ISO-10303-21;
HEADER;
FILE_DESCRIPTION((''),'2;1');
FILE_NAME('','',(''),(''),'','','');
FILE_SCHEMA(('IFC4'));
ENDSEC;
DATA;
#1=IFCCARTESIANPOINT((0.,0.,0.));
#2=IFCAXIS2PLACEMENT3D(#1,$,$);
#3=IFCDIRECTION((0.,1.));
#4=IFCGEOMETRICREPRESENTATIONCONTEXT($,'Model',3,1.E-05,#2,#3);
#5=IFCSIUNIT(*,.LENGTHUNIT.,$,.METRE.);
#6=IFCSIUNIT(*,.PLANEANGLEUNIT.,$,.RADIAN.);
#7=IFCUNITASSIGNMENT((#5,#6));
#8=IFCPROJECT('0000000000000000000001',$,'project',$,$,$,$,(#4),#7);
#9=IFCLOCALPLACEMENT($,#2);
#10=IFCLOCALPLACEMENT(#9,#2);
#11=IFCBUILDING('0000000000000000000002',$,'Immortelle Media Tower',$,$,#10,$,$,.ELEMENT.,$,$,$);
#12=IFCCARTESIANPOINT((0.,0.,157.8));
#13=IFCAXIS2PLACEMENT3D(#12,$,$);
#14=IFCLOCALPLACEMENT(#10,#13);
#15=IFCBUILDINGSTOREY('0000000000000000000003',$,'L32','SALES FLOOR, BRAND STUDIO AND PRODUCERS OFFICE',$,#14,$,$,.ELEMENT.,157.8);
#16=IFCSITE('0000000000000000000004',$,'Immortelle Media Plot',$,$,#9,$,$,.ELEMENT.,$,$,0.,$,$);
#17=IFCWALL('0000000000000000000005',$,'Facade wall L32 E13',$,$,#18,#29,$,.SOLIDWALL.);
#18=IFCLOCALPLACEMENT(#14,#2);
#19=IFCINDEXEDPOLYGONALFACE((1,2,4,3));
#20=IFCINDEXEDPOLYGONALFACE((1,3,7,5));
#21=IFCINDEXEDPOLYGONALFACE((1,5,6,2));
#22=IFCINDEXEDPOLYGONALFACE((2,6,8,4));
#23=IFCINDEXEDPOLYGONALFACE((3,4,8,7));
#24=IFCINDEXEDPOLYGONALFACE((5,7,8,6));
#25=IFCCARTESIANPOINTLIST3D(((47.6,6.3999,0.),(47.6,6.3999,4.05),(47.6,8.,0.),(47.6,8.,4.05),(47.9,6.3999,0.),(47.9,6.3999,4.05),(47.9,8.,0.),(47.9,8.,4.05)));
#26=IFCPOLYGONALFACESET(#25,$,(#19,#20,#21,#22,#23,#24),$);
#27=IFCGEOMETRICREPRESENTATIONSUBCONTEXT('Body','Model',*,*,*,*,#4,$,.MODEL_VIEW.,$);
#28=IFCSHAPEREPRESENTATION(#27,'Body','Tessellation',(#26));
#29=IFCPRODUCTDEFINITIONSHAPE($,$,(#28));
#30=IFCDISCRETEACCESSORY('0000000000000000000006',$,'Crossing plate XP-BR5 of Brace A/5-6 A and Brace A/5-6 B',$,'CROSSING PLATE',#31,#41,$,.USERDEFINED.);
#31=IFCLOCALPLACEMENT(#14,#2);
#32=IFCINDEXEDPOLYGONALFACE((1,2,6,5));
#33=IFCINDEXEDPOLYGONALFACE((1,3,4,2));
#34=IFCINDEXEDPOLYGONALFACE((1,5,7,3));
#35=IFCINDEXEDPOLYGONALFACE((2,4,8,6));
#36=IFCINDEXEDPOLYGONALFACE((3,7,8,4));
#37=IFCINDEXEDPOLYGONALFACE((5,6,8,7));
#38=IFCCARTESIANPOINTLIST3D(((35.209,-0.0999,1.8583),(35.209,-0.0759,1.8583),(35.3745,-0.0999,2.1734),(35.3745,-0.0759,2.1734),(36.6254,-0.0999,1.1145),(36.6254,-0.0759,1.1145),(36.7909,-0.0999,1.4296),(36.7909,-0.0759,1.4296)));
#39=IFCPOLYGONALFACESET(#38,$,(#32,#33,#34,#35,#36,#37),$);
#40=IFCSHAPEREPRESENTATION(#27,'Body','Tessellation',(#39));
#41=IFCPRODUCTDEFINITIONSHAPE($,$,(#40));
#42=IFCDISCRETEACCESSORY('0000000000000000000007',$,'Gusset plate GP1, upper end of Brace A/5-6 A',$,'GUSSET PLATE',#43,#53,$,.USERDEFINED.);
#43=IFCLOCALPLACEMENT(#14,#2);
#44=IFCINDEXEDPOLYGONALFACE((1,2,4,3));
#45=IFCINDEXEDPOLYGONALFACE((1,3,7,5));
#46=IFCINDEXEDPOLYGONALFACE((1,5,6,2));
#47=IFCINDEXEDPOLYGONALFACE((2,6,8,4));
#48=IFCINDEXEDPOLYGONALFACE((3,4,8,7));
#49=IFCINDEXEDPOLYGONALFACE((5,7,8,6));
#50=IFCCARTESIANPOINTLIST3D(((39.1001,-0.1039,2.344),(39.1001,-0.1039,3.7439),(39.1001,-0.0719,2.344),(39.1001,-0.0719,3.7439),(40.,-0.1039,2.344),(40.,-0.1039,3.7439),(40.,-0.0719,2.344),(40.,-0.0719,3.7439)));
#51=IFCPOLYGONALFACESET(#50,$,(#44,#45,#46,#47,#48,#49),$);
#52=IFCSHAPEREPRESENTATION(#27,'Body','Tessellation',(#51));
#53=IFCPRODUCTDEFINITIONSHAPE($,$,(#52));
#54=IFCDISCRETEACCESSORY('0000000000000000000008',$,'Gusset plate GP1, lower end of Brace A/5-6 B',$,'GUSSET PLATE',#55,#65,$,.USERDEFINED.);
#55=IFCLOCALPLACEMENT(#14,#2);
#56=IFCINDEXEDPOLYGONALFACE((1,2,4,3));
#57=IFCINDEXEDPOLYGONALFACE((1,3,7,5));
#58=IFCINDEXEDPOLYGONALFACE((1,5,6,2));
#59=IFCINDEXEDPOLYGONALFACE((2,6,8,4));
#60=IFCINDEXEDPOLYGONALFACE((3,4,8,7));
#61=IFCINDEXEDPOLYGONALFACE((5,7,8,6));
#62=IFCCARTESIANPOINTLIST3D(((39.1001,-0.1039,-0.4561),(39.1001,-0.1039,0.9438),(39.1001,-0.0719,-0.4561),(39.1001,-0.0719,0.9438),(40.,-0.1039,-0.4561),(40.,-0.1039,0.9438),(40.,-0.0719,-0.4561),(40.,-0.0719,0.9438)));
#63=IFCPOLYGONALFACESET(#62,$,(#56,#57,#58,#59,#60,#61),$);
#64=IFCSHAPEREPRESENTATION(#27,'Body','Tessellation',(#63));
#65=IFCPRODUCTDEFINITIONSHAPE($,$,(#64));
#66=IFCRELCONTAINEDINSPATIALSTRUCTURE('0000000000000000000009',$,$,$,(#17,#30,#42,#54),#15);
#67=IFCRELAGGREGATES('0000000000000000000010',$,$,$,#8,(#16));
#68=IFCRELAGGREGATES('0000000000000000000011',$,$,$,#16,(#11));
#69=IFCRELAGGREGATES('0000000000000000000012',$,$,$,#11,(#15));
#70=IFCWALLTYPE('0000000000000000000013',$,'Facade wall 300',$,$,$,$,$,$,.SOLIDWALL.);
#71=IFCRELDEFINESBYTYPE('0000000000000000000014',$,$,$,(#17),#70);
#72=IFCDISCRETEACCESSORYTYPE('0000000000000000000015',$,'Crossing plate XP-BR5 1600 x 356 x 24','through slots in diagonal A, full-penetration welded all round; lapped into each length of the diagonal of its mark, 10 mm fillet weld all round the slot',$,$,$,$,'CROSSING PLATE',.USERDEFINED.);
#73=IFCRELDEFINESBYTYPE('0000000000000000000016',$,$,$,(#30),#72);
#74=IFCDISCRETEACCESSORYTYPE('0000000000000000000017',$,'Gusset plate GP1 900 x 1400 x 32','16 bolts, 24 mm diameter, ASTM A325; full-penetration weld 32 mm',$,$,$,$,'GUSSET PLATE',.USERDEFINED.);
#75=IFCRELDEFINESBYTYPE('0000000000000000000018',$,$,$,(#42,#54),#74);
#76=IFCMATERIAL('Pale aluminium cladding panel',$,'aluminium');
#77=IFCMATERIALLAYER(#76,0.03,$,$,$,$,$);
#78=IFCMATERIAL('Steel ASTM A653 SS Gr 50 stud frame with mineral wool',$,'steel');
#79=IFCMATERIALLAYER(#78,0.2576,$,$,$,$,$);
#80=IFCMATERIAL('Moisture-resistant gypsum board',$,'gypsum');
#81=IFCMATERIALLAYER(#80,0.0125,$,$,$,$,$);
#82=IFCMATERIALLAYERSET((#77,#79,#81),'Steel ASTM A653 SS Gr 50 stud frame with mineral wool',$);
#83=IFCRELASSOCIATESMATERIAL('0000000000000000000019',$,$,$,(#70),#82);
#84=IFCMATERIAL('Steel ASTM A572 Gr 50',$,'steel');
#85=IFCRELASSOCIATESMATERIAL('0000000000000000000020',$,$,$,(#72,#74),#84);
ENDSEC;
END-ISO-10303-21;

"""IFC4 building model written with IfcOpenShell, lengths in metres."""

from ifc_helpers import new_model, si_unit, direction, frame, frame_2d, origin, origin_2d, place, context, subcontext, project, spatial, rectangle, extrude, material, layer, layer_set, material_profile, profile_set, type_object, element, save


model = new_model("IFC4")

# Units and contexts
model_context = context("Model", 3, precision=1e-05, world=origin(), true_north=direction((0.0, 1.0)))
body_context = subcontext(model_context, "Body", "Model", "MODEL_VIEW")
ifc_project = project(units=[si_unit("LENGTHUNIT", "METRE"), si_unit("PLANEANGLEUNIT", "RADIAN")], contexts=[model_context])

# Site, building, storey
site_placement = place(None, origin())
site = spatial("IfcSite", under=ifc_project, at=site_placement, Name="Immortelle Media Plot", CompositionType="ELEMENT", RefElevation=0.0)
building_placement = place(site_placement, origin())
building = spatial("IfcBuilding", under=site, at=building_placement, Name="Immortelle Media Tower", CompositionType="ELEMENT")
storey_placement = place(building_placement, frame((0.0, 0.0, 157.8)))
storey = spatial("IfcBuildingStorey", under=building, at=storey_placement, Name="L32", Description="SALES FLOOR, BRAND STUDIO AND PRODUCERS OFFICE", CompositionType="ELEMENT", Elevation=157.8)

# Wall
ifc_material_1 = material(Name="Pale aluminium cladding panel", Category="aluminium")
ifc_layer_1 = layer(ifc_material_1, 0.03)
ifc_material_2 = material(Name="Steel ASTM A653 SS Gr 50 stud frame with mineral wool", Category="steel")
ifc_layer_2 = layer(ifc_material_2, 0.2576)
ifc_material_3 = material(Name="Moisture-resistant gypsum board", Category="gypsum")
ifc_layer_3 = layer(ifc_material_3, 0.0125)
ifc_layer_set = layer_set([ifc_layer_1, ifc_layer_2, ifc_layer_3], Name="Steel ASTM A653 SS Gr 50 stud frame with mineral wool")
wall_type = type_object("IfcWallType", Name="Facade wall 300", PredefinedType="SOLIDWALL", material=ifc_layer_set)
wall_1_placement = place(storey_placement, frame((47.75, 6.3999, 0.0), z_axis=(0.0, 0.0, 1.0), x_axis=(0.0, 1.0, 0.0)))
element("IfcWall", 1, at=wall_1_placement, inside=storey, type_object=wall_type, Name="Facade wall L32 E13", PredefinedType="SOLIDWALL", context=body_context, shape_type="SweptSolid", body=[
    extrude(rectangle(XDim=1.6001, YDim=0.3, at=frame_2d((0.8, 0.0))), origin(), (0.0, 0.0, 1.0), 4.05),
])

# Discrete accessories
ifc_material_4 = material(Name="Steel ASTM A572 Gr 50", Category="steel")
ifc_material_profile_1 = material_profile(ifc_material_4, rectangle(XDim=0.0239, YDim=0.356, at=origin_2d()), Name="PL 24 x 356")
ifc_profile_set_1 = profile_set([ifc_material_profile_1], Name="Steel ASTM A572 Gr 50")
discrete_accessory_type_1 = type_object("IfcDiscreteAccessoryType", Name="Crossing plate XP-BR5 1600 x 356 x 24", Description="through slots in diagonal A, full-penetration welded all round; lapped into each length of the diagonal of its mark, 10 mm fillet weld all round the slot", ElementType="CROSSING PLATE", PredefinedType="USERDEFINED", material=ifc_profile_set_1)
discrete_accessory_placement = place(storey_placement, frame((35.2917, -0.0879, 2.0159), z_axis=(0.885338, 0.0, -0.464948), x_axis=(0.0, 1.0, 0.0)))
element("IfcDiscreteAccessory", 2, at=discrete_accessory_placement, inside=storey, type_object=discrete_accessory_type_1, Name="Crossing plate XP-BR5 of Brace A/5-6 A and Brace A/5-6 B", ObjectType="CROSSING PLATE", PredefinedType="USERDEFINED", context=body_context, shape_type="SweptSolid", body=[
    extrude(rectangle(XDim=0.0239, YDim=0.356, at=origin_2d()), origin(), (0.0, 0.0, 1.0), 1.5999),
])
ifc_material_profile_2 = material_profile(ifc_material_4, rectangle(XDim=0.032, YDim=1.3999, at=origin_2d()), Name="PL 32 x 1400")
ifc_profile_set_2 = profile_set([ifc_material_profile_2], Name="Steel ASTM A572 Gr 50")
discrete_accessory_type_2 = type_object("IfcDiscreteAccessoryType", Name="Gusset plate GP1 900 x 1400 x 32", Description="16 bolts, 24 mm diameter, ASTM A325; full-penetration weld 32 mm", ElementType="GUSSET PLATE", PredefinedType="USERDEFINED", material=ifc_profile_set_2)
for number, where, z_axis, x_axis, name in (
    (3, (40.0, -0.0879, 3.0439), (-1.0, 0.0, 0.0), (0.0, -1.0, 0.0), "Gusset plate GP1, upper end of Brace A/5-6 A"),
    (4, (40.0, -0.0879, 0.2439), (-1.0, 0.0, 0.0), (0.0, -1.0, 0.0), "Gusset plate GP1, lower end of Brace A/5-6 B"),
):
    element("IfcDiscreteAccessory", number, at=place(storey_placement, frame(where, z_axis=z_axis, x_axis=x_axis)), inside=storey, type_object=discrete_accessory_type_2, Name=name, ObjectType="GUSSET PLATE", PredefinedType="USERDEFINED", context=body_context, shape_type="SweptSolid", body=[
        extrude(rectangle(XDim=0.032, YDim=1.3999, at=origin_2d()), origin(), (0.0, 0.0, 1.0), 0.8999),
    ])

save(model, "model.ifc")
